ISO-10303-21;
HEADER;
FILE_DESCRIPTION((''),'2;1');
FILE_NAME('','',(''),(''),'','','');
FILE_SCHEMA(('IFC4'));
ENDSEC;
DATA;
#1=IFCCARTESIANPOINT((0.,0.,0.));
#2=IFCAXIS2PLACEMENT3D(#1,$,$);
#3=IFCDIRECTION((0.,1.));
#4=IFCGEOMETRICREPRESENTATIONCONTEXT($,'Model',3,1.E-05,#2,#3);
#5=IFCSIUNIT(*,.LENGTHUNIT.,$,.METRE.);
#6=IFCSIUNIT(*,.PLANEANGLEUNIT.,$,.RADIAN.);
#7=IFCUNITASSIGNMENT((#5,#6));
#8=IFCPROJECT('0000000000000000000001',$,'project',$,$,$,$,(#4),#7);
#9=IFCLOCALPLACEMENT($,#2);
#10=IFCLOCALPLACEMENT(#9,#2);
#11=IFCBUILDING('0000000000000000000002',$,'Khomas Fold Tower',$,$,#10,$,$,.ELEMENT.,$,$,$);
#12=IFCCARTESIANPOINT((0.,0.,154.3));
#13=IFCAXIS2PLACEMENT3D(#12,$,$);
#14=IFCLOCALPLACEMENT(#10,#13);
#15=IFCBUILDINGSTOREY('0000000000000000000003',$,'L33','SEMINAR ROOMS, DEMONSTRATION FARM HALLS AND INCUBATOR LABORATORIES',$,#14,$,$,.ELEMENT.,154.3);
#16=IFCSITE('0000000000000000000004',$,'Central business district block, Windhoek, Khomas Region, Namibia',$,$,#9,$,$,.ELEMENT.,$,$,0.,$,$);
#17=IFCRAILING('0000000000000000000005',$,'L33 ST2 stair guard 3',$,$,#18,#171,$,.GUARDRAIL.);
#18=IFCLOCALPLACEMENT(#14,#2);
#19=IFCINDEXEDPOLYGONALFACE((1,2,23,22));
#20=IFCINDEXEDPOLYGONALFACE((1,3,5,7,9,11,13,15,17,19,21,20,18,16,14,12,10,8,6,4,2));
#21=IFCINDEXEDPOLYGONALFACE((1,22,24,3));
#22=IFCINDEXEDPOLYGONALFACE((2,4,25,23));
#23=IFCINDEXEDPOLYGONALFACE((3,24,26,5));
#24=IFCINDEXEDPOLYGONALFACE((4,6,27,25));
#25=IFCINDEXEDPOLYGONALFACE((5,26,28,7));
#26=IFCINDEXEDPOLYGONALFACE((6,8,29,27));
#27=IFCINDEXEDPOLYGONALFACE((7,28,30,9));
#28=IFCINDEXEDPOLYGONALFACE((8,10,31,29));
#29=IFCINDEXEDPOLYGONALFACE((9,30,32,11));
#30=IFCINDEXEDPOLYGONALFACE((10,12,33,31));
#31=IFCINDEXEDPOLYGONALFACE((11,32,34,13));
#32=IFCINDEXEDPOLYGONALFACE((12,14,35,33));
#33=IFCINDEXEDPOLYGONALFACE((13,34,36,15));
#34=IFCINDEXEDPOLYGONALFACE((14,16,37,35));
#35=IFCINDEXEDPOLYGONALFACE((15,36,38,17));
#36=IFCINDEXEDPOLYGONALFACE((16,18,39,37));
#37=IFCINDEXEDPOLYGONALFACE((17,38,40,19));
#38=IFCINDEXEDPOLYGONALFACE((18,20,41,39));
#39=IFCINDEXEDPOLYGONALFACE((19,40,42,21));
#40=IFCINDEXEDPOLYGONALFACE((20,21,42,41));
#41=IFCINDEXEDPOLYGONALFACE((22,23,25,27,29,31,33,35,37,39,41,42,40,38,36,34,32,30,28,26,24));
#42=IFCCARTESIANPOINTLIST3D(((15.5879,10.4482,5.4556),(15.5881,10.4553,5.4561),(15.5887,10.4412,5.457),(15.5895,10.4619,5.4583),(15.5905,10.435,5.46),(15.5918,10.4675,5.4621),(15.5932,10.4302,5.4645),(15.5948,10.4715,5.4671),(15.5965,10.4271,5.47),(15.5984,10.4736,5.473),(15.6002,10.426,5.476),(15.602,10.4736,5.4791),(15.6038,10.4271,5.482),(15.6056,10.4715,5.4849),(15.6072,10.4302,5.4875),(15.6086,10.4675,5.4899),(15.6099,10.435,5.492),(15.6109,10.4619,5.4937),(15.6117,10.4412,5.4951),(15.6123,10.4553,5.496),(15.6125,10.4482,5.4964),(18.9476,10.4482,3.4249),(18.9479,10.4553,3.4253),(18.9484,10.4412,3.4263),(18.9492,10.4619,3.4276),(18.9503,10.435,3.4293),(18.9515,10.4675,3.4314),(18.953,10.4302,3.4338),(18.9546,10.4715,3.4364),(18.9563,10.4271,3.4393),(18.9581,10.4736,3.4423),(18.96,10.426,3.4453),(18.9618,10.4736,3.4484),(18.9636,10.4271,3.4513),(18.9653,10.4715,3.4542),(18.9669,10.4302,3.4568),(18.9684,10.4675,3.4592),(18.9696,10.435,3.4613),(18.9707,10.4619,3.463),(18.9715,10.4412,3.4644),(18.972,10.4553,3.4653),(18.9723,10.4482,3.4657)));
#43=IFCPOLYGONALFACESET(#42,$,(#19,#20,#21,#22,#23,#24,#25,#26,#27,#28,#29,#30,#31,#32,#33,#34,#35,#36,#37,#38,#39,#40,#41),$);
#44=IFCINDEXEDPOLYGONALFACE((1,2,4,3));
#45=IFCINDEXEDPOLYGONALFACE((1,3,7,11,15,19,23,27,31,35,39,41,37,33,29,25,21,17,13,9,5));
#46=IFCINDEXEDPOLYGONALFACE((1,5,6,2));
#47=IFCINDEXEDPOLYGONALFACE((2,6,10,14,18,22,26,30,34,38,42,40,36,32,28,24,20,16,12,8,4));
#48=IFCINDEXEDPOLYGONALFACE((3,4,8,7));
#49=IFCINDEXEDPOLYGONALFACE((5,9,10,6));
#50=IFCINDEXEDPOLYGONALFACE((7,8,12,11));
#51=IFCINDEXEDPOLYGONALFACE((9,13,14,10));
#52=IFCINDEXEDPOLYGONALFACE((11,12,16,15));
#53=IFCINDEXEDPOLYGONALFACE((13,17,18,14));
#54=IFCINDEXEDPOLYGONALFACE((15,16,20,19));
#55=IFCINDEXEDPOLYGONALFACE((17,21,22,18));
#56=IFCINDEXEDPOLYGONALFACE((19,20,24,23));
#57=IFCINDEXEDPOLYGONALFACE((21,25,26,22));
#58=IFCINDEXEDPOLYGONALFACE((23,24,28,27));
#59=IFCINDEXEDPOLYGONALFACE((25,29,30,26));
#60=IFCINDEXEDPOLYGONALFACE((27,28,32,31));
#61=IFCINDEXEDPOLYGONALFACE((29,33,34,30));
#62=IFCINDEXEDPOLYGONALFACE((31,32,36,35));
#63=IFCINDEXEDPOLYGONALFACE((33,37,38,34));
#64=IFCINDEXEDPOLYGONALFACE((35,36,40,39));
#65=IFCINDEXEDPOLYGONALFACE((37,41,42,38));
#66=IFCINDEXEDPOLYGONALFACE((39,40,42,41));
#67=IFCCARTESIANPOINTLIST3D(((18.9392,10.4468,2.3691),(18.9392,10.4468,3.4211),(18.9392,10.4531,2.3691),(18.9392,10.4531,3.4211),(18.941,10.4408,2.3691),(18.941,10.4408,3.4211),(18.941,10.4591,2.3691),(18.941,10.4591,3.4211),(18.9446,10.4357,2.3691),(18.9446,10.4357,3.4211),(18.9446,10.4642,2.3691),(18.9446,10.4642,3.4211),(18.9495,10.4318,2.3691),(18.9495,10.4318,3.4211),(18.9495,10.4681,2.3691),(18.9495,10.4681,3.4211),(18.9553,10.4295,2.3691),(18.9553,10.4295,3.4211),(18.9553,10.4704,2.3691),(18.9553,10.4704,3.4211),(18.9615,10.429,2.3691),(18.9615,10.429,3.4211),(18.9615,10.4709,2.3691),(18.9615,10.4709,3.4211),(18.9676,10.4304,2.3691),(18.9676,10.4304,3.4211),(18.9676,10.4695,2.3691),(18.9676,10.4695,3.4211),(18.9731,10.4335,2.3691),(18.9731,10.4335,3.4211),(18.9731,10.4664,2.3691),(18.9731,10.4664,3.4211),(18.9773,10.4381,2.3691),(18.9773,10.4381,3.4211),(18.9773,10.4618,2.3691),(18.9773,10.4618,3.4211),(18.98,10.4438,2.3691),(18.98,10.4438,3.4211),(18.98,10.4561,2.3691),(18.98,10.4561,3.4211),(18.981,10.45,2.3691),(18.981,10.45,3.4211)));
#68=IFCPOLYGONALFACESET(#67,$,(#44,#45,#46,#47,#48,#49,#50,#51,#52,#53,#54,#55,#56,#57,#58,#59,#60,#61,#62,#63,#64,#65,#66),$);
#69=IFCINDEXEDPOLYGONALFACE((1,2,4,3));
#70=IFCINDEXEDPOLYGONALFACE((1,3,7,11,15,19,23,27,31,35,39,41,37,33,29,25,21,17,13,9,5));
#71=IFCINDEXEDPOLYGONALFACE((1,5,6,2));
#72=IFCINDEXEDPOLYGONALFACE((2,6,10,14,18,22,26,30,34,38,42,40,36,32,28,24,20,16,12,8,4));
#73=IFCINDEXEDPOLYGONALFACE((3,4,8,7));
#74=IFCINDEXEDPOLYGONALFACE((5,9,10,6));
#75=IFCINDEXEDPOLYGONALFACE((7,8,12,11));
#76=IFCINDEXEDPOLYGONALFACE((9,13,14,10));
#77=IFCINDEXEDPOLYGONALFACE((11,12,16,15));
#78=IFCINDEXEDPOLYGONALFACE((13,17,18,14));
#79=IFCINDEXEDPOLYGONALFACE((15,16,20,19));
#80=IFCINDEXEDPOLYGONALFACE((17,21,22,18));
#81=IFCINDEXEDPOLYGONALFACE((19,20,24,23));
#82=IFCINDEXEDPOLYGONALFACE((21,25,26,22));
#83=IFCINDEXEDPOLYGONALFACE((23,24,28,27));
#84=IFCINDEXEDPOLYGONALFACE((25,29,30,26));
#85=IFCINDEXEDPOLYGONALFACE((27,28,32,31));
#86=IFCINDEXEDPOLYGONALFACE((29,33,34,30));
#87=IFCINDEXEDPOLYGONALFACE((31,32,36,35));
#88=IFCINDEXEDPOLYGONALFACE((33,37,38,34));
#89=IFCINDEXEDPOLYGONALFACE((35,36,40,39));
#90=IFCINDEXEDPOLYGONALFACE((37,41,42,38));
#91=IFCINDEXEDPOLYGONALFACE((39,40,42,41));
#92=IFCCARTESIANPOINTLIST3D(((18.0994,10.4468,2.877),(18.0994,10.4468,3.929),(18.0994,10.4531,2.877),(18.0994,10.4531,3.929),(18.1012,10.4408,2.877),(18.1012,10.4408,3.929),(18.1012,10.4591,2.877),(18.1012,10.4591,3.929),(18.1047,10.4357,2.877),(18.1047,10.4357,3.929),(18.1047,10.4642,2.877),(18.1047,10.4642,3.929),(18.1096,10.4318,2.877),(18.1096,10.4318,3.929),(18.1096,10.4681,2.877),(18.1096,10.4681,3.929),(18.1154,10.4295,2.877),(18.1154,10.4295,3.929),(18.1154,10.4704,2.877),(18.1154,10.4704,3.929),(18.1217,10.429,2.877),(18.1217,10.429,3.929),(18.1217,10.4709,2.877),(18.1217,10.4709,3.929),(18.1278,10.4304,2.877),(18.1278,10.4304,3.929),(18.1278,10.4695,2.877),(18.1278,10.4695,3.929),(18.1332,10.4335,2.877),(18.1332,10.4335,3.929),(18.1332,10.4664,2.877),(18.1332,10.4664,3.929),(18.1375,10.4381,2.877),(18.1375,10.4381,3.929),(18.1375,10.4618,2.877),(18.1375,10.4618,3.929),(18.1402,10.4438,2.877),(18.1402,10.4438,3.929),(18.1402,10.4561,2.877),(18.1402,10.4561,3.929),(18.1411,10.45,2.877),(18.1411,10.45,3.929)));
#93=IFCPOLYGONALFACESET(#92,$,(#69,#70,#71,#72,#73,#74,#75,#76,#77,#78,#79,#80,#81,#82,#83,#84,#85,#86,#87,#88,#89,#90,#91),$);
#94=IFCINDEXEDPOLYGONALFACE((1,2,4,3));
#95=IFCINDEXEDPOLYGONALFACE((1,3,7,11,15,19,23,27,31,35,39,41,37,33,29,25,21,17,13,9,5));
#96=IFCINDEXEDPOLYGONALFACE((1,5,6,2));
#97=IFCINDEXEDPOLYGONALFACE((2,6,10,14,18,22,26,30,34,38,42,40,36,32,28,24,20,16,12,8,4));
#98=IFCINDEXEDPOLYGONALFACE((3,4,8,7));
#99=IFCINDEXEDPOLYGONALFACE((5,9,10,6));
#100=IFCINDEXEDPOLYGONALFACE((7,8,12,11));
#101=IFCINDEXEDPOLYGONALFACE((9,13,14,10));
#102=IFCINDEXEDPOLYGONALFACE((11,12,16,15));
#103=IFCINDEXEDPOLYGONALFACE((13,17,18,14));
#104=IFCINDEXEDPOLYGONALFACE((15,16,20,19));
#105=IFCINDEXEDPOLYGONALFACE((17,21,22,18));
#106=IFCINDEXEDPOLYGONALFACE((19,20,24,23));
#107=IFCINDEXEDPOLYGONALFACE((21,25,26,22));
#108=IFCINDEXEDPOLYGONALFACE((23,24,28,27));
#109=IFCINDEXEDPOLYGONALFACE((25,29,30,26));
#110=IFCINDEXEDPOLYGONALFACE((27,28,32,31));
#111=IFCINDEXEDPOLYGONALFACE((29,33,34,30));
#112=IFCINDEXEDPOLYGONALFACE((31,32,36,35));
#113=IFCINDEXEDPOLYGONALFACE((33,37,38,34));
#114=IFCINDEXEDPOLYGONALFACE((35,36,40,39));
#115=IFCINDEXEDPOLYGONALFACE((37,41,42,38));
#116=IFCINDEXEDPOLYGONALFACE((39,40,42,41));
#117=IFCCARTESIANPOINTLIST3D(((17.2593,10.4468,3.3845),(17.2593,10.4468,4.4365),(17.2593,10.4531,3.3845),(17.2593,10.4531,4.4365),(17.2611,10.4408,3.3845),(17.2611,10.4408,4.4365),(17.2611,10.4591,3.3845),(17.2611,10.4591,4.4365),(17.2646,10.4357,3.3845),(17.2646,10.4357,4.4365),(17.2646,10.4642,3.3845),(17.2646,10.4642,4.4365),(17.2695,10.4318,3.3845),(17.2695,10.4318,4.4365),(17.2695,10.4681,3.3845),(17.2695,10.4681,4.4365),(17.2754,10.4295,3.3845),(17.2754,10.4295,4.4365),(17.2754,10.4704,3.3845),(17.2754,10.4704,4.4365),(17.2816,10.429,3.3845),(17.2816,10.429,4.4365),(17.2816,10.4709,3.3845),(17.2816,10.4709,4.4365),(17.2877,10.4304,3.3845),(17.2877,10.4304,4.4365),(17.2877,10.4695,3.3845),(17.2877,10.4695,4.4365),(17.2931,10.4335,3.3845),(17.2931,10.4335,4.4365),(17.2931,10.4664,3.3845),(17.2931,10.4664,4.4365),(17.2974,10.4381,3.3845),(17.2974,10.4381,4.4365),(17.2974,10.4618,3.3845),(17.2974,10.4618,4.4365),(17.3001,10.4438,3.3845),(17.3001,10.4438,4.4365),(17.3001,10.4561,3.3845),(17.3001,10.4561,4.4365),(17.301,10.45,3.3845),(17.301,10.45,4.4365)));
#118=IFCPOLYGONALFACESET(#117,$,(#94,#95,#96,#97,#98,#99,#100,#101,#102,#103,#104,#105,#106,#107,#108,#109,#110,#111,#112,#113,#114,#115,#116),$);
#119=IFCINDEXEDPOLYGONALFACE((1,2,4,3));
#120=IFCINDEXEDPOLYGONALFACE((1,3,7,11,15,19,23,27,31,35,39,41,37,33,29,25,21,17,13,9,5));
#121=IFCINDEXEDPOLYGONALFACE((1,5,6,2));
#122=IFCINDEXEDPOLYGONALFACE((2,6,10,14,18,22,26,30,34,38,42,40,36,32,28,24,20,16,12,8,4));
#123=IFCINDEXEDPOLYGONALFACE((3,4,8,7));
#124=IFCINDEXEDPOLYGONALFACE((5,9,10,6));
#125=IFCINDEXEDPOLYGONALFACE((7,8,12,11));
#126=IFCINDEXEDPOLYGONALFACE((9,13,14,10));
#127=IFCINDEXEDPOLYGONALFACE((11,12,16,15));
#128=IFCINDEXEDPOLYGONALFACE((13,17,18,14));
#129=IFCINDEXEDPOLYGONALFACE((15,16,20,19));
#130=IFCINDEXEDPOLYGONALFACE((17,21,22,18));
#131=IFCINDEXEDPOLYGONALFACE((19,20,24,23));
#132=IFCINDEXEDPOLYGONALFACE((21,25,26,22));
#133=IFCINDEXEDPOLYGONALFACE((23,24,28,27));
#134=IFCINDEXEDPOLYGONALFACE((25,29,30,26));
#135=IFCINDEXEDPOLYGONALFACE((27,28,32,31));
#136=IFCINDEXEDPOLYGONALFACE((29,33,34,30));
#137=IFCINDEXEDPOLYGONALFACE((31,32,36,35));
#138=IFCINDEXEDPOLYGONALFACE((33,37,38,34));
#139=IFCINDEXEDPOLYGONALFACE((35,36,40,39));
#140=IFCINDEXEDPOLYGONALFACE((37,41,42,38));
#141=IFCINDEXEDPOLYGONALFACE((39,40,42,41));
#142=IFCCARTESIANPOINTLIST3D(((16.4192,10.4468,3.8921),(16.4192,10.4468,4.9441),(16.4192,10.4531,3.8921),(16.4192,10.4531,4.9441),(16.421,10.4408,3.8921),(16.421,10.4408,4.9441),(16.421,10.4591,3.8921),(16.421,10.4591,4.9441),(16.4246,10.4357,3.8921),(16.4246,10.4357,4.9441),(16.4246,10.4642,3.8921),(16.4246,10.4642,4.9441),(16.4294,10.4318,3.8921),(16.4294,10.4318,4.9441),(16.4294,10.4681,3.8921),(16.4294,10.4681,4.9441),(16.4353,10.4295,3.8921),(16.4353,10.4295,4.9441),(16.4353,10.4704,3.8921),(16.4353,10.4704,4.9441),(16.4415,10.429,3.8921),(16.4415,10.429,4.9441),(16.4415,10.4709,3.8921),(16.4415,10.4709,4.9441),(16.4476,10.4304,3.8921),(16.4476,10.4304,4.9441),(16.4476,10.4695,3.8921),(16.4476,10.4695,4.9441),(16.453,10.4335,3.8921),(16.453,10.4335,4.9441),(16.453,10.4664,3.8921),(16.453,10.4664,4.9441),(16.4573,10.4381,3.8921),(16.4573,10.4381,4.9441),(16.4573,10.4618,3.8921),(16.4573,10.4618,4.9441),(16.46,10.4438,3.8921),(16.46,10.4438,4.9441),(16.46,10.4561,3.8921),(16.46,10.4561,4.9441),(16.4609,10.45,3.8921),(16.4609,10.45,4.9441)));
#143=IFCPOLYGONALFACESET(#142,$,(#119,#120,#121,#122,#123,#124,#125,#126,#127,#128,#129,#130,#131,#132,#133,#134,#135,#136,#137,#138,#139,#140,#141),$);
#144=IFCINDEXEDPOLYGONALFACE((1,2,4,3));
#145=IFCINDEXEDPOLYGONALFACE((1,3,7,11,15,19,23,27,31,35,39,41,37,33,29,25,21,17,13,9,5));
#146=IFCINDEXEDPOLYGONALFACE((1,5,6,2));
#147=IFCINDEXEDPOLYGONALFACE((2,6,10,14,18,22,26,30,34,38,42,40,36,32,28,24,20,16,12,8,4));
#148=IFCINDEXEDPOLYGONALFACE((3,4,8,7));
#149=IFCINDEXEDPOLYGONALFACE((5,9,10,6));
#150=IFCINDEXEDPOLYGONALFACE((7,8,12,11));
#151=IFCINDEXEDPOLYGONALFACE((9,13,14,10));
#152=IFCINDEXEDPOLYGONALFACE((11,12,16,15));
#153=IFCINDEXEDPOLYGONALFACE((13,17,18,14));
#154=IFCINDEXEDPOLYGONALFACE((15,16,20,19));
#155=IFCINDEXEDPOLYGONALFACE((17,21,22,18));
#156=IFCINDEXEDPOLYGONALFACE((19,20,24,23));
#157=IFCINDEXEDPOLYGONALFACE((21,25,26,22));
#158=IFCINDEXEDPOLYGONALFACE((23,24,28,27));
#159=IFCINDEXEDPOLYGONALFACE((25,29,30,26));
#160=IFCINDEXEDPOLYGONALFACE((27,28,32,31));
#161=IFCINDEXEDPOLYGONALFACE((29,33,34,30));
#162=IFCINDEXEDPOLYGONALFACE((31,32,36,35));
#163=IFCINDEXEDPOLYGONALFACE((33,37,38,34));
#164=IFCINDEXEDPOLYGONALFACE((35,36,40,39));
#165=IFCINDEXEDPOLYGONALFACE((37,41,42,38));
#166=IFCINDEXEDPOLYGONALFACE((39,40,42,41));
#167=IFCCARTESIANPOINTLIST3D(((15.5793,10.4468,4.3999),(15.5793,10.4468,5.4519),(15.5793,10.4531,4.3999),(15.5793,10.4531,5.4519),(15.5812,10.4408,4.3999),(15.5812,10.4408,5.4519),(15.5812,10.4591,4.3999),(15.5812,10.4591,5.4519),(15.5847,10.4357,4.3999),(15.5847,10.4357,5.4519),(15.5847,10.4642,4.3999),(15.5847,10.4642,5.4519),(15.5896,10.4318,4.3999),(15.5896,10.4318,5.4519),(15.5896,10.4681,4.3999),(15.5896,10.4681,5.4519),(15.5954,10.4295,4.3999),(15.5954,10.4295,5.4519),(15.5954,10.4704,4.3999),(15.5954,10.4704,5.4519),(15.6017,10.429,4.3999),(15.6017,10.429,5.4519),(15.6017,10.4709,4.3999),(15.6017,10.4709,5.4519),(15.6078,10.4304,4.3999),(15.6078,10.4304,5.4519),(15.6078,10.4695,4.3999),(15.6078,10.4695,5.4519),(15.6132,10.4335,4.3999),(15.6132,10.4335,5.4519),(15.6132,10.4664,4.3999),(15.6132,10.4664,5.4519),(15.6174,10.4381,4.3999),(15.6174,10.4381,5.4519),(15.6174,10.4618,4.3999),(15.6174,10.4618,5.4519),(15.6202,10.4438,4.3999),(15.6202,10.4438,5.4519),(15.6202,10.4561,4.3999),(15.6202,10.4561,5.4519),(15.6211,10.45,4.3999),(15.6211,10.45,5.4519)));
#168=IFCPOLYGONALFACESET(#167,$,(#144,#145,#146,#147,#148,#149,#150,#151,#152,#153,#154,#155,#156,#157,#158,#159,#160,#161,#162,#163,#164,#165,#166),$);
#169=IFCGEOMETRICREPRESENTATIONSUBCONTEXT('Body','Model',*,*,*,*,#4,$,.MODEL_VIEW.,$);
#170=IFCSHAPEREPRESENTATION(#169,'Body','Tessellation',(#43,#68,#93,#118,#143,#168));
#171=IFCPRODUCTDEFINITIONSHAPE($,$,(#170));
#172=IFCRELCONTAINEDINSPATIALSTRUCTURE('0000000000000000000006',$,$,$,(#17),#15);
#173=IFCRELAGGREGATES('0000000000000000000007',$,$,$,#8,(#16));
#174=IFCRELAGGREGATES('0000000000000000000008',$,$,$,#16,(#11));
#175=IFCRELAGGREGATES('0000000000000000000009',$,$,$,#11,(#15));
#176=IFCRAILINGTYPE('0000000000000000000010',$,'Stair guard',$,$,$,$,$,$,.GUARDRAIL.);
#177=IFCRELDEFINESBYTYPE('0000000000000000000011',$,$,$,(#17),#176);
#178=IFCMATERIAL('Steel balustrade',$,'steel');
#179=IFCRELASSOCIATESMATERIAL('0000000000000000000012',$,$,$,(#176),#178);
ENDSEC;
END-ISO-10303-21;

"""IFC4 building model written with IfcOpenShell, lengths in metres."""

from ifc_helpers import new_model, si_unit, direction, frame, origin, origin_2d, place, context, subcontext, project, spatial, circle, extrude, source, transform, mapped, material, type_object, element, save


model = new_model("IFC4")

# Units and contexts
model_context = context("Model", 3, precision=1e-05, world=origin(), true_north=direction((0.0, 1.0)))
body_context = subcontext(model_context, "Body", "Model", "MODEL_VIEW")
ifc_project = project(units=[si_unit("LENGTHUNIT", "METRE"), si_unit("PLANEANGLEUNIT", "RADIAN")], contexts=[model_context])

# Site, building, storey
site_placement = place(None, origin())
site = spatial("IfcSite", under=ifc_project, at=site_placement, Name="Central business district block, Windhoek, Khomas Region, Namibia", CompositionType="ELEMENT", RefElevation=0.0)
building_placement = place(site_placement, origin())
building = spatial("IfcBuilding", under=site, at=building_placement, Name="Khomas Fold Tower", CompositionType="ELEMENT")
storey_placement = place(building_placement, frame((0.0, 0.0, 154.3)))
storey = spatial("IfcBuildingStorey", under=building, at=storey_placement, Name="L33", Description="SEMINAR ROOMS, DEMONSTRATION FARM HALLS AND INCUBATOR LABORATORIES", CompositionType="ELEMENT", Elevation=154.3)

# Railing
ifc_material_1 = material(Name="Steel balustrade", Category="steel")
railing_type_1 = type_object("IfcRailingType", Name="Stair guard", PredefinedType="GUARDRAIL", material=ifc_material_1)
shared_shape_1 = source(origin(), body_context, "Body", "SweptSolid", [
    extrude(circle(Radius=0.0239, at=origin_2d()), frame((0.0, 0.0, 1.0762), z_axis=(-0.85582, 0.0, 0.517273), x_axis=(0.0, -1.0, 0.0)), (0.0, 0.0, 1.0), 3.9258),
    extrude(circle(Radius=0.021, at=origin_2d()), origin(), (0.0, 0.0, 1.0), 1.052),
    extrude(circle(Radius=0.021, at=origin_2d()), frame((-0.8398, 0.0, 0.5078)), (0.0, 0.0, 1.0), 1.052),
    extrude(circle(Radius=0.021, at=origin_2d()), frame((-1.6799, 0.0, 1.0154)), (0.0, 0.0, 1.0), 1.052),
    extrude(circle(Radius=0.021, at=origin_2d()), frame((-2.52, 0.0, 1.5229)), (0.0, 0.0, 1.0), 1.052),
    extrude(circle(Radius=0.021, at=origin_2d()), frame((-3.3599, 0.0, 2.0308)), (0.0, 0.0, 1.0), 1.052),
])
railing_1_placement = place(storey_placement, frame((18.96, 10.45, 2.3691)))
element("IfcRailing", 1, at=railing_1_placement, inside=storey, type_object=railing_type_1, Name="L33 ST2 stair guard 3", PredefinedType="GUARDRAIL", context=body_context, shape_type="MappedRepresentation", body=[
    mapped(shared_shape_1, transform((0.0, 0.0, 0.0))),
])

save(model, "model.ifc")
